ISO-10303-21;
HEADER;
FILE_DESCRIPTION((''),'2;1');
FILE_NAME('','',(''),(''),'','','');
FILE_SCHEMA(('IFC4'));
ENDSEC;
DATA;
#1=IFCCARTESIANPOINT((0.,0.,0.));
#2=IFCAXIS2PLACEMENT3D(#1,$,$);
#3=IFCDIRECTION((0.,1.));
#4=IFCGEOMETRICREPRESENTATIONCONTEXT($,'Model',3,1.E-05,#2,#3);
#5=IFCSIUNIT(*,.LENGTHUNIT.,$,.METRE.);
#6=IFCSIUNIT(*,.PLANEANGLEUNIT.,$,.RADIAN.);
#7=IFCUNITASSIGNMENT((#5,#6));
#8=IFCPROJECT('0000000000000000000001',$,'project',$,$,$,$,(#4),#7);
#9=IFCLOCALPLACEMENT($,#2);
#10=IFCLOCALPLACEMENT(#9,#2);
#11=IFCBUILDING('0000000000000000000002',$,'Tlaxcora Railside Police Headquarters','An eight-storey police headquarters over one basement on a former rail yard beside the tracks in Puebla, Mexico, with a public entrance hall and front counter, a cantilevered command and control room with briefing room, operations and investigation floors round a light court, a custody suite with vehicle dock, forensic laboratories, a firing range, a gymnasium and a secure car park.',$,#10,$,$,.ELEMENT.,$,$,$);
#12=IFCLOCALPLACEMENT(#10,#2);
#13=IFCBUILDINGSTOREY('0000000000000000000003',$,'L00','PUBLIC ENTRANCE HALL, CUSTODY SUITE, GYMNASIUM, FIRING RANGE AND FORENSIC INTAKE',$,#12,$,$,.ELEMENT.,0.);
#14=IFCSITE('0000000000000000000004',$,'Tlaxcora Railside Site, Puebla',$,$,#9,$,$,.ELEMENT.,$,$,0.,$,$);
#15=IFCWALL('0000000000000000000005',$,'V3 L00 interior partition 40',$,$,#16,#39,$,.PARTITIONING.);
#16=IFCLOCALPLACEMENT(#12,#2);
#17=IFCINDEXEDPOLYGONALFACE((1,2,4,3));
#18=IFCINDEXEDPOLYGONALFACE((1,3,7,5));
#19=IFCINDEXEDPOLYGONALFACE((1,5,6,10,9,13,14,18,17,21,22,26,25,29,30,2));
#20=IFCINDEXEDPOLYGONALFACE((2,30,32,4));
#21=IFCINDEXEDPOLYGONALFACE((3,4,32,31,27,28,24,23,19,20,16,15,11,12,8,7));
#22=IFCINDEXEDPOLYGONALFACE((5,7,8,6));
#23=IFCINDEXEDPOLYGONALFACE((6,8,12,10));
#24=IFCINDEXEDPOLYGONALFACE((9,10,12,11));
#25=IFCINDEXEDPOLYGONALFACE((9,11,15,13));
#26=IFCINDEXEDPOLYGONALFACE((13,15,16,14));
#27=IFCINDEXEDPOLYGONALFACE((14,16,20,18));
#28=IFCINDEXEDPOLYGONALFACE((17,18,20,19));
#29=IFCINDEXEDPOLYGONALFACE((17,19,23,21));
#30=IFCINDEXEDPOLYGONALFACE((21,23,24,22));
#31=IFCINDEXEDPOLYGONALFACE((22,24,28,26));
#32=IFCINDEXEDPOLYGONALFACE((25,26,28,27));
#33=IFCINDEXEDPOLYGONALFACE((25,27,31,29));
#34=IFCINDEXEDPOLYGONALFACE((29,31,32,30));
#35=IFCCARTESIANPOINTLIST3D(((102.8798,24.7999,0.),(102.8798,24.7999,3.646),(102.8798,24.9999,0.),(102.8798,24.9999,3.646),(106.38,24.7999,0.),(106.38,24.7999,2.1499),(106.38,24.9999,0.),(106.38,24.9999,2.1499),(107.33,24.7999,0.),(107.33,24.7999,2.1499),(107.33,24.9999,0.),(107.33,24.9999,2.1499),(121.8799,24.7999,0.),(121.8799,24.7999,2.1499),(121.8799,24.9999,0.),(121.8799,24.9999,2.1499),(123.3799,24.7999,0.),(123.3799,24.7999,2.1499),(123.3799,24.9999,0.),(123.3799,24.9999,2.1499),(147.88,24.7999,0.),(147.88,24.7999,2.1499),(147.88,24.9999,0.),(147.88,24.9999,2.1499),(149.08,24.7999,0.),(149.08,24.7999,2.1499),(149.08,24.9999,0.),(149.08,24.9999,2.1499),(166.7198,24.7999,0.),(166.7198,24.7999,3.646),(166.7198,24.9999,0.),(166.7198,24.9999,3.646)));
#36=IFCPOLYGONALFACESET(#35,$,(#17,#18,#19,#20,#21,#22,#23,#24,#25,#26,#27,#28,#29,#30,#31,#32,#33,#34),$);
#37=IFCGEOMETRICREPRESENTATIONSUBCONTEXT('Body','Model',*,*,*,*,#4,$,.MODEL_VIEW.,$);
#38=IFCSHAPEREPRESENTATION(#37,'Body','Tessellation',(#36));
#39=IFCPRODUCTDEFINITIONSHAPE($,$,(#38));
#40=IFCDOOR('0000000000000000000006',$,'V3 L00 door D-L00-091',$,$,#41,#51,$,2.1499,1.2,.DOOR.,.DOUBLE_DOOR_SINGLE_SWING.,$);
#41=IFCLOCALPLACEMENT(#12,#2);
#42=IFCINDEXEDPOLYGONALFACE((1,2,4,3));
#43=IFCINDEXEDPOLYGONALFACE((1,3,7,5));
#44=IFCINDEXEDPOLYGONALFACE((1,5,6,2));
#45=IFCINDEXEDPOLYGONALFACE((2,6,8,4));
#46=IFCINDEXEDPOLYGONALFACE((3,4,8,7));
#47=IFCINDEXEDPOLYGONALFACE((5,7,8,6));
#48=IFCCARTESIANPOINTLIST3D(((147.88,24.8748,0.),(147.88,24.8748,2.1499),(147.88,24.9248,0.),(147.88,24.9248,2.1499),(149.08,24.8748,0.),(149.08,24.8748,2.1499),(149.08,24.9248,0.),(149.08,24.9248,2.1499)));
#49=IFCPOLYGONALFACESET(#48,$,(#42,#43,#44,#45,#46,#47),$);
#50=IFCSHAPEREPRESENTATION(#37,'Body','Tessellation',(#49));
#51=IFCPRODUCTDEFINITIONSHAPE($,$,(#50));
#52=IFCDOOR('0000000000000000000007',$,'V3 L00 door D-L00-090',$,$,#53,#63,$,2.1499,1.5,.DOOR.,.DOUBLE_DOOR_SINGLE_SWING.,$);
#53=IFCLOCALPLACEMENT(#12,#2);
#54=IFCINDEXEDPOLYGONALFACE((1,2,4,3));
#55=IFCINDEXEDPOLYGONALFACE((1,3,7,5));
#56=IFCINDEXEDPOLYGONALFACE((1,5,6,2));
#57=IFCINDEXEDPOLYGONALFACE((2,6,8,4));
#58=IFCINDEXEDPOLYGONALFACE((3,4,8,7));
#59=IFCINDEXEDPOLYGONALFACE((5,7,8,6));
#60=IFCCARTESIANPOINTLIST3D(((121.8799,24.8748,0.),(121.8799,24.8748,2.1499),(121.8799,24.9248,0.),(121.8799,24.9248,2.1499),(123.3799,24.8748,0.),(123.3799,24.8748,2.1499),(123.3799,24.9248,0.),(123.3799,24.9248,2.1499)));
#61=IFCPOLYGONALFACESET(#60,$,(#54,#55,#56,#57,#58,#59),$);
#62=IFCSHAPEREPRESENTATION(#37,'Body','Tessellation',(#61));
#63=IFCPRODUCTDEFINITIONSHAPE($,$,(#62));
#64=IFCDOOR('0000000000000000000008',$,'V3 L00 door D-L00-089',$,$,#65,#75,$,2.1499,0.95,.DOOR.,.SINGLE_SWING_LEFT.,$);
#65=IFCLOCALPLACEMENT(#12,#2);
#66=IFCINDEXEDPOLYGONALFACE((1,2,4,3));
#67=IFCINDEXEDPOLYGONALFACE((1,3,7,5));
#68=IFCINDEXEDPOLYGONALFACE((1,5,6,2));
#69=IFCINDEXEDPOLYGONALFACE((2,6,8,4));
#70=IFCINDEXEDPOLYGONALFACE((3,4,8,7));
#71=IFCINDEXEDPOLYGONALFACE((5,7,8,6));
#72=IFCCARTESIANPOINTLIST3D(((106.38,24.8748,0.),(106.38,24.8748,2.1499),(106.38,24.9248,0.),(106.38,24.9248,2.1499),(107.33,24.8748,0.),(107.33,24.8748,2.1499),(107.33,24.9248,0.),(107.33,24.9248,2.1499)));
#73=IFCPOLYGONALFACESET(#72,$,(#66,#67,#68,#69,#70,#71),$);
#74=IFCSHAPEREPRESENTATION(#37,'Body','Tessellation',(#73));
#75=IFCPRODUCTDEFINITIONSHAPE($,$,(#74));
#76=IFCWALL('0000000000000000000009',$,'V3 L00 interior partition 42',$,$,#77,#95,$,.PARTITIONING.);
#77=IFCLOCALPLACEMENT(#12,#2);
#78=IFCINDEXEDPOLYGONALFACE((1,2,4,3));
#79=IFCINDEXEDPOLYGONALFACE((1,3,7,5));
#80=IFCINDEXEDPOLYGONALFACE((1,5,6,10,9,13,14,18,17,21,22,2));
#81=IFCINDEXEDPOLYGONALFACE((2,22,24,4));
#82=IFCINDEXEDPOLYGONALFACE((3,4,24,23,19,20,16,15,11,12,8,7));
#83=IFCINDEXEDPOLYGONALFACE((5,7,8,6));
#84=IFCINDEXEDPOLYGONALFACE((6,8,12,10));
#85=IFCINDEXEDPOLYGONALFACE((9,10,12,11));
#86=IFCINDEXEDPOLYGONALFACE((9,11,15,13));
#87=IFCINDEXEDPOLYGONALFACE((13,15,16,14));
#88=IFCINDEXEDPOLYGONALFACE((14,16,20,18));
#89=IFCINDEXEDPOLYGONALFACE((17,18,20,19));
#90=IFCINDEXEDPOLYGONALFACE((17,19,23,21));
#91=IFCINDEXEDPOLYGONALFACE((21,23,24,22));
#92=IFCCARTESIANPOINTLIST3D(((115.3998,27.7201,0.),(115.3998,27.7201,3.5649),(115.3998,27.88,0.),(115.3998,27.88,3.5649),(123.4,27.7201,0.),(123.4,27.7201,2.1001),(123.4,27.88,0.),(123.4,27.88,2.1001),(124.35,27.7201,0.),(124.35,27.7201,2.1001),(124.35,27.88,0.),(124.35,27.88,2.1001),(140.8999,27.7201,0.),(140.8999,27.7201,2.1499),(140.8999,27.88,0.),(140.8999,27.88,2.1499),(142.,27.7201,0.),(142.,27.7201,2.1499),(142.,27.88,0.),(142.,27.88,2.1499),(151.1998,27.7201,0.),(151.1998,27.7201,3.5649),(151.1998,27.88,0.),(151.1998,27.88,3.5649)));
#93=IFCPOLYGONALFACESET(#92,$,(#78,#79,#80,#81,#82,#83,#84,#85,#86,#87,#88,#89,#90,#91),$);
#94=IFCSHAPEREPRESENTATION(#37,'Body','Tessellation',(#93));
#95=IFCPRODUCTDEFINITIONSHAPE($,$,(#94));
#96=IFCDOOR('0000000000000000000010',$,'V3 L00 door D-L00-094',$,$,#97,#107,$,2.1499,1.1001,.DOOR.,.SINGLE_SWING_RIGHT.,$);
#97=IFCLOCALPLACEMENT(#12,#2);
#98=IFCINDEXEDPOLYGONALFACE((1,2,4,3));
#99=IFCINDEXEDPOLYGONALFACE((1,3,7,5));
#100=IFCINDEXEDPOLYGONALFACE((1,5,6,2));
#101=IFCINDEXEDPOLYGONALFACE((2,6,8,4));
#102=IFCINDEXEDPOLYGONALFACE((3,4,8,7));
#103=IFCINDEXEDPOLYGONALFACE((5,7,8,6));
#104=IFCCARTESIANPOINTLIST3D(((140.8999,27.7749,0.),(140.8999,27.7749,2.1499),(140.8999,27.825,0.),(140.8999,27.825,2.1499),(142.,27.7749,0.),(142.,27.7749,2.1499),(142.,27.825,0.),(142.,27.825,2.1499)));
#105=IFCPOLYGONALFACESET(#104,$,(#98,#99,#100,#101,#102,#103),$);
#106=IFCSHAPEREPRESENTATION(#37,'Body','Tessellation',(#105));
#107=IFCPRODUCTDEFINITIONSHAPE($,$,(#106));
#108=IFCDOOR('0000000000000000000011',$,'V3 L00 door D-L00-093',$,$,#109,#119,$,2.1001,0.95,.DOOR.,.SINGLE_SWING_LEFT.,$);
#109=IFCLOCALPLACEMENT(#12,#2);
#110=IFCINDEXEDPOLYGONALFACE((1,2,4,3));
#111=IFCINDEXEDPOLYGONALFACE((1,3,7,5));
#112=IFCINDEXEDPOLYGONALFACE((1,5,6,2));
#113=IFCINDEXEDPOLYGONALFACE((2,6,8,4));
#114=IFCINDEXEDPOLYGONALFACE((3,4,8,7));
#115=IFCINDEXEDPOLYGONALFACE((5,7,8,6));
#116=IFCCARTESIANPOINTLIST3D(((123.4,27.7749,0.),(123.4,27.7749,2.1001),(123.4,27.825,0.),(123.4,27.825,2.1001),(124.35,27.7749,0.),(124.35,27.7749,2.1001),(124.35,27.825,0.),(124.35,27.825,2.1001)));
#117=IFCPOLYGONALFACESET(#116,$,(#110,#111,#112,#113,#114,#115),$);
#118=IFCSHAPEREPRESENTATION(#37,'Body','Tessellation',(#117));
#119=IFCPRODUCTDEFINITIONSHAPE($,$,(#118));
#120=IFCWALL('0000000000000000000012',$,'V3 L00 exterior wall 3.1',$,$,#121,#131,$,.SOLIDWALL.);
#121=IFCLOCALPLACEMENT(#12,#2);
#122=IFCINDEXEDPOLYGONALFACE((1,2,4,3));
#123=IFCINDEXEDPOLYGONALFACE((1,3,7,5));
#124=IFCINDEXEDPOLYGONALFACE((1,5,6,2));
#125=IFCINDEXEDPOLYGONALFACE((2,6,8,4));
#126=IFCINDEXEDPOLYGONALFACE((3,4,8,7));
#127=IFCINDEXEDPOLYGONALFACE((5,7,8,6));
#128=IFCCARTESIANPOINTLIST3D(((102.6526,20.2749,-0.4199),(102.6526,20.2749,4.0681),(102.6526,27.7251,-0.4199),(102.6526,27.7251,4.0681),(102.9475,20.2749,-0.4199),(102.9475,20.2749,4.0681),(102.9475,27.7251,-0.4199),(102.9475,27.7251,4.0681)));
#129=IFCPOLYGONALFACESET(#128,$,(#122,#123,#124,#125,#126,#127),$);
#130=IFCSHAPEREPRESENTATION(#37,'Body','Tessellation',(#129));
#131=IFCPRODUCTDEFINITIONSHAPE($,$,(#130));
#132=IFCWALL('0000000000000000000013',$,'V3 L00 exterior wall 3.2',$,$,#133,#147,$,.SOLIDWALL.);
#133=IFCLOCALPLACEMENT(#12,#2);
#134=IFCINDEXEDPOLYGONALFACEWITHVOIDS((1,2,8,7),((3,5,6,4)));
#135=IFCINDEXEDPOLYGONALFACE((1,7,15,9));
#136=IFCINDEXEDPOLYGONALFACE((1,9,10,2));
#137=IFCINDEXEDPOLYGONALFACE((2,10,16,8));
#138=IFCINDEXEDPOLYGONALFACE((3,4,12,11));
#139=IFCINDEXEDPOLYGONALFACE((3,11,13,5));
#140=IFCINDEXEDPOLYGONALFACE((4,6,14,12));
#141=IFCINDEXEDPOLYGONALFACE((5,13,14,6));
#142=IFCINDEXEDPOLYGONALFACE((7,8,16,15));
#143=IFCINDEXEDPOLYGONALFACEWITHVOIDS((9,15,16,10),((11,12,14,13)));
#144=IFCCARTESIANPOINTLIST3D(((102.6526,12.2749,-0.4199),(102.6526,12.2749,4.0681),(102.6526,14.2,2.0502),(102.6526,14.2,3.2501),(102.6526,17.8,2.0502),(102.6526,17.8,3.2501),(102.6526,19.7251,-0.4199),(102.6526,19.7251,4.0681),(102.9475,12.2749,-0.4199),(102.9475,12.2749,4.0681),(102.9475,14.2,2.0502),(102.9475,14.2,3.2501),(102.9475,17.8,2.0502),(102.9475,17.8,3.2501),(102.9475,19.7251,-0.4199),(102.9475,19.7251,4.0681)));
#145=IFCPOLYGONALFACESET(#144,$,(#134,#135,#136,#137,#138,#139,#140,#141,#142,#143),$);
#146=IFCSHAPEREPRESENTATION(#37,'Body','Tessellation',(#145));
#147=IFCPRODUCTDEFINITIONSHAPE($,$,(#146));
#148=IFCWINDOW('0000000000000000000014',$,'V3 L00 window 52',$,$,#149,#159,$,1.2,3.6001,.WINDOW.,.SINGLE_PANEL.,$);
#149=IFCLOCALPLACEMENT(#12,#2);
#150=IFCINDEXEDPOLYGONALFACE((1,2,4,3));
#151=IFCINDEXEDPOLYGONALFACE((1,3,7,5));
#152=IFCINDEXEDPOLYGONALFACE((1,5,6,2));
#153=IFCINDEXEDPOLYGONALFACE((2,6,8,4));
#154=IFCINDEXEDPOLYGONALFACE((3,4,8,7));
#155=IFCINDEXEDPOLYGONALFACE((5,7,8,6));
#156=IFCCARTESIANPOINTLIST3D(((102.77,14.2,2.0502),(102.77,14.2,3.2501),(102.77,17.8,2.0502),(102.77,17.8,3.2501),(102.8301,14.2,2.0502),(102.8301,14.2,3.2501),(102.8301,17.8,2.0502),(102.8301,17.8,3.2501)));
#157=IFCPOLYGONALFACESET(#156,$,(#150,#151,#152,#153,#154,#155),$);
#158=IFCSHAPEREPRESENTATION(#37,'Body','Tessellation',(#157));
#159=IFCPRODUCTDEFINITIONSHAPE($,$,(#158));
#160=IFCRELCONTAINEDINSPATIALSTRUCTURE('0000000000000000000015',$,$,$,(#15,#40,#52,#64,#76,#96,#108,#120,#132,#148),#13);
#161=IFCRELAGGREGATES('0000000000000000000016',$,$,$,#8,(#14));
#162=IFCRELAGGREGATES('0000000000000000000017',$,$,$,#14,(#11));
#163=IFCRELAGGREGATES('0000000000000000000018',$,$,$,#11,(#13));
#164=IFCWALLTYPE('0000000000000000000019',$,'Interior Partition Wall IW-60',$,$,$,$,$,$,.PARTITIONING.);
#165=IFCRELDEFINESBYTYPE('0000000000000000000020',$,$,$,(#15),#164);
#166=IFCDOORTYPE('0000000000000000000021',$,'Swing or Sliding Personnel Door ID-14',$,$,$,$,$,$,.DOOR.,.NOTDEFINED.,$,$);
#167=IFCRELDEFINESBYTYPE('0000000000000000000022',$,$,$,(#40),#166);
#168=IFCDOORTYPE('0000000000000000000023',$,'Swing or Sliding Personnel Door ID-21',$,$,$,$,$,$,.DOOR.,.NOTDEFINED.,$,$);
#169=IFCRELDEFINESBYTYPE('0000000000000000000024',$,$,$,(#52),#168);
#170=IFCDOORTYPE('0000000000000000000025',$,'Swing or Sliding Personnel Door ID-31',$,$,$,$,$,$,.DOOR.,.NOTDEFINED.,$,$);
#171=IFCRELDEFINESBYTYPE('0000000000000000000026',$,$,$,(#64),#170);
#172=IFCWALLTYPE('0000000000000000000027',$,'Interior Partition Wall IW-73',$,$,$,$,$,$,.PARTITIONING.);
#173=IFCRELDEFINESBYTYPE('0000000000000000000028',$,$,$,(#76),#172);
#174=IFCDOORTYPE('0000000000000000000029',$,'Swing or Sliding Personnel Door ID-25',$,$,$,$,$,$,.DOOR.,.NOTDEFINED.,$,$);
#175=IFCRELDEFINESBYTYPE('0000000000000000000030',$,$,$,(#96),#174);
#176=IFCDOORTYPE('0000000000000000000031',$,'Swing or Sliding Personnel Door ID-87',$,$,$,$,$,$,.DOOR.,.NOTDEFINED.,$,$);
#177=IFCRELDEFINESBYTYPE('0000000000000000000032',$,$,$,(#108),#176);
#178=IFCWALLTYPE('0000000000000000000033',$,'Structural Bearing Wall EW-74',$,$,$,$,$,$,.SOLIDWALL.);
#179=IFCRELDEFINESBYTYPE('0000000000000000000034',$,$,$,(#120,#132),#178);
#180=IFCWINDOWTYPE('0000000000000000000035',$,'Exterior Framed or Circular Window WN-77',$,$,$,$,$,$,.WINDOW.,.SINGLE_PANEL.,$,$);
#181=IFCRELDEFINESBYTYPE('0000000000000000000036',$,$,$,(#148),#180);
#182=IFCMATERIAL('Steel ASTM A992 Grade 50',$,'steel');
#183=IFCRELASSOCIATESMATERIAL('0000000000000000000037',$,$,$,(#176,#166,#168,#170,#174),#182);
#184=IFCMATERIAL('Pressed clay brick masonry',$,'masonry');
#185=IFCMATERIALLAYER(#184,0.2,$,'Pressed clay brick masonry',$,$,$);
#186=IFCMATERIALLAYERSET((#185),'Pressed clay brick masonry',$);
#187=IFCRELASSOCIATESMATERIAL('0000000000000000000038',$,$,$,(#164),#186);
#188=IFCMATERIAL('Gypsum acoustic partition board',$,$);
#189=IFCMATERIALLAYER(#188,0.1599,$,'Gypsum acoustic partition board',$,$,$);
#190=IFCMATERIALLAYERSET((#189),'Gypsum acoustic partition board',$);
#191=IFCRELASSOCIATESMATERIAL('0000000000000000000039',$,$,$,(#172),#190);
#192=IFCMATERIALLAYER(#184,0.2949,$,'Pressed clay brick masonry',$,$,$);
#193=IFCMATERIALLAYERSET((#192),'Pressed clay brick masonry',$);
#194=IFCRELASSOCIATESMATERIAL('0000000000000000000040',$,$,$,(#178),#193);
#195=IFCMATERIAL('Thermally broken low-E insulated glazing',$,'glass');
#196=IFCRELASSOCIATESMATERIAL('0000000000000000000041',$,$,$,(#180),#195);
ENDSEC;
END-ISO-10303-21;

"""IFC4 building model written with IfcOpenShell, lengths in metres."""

from ifc_helpers import new_model, si_unit, direction, frame, frame_2d, origin, place, context, subcontext, project, spatial, rectangle, extrude, material, layer, layer_set, type_object, element, fill, save


model = new_model("IFC4")

# Units and contexts
model_context = context("Model", 3, precision=1e-05, world=origin(), true_north=direction((0.0, 1.0)))
body_context = subcontext(model_context, "Body", "Model", "MODEL_VIEW")
ifc_project = project(units=[si_unit("LENGTHUNIT", "METRE"), si_unit("PLANEANGLEUNIT", "RADIAN")], contexts=[model_context])

# Site, building, storey
site_placement = place(None, origin())
site = spatial("IfcSite", under=ifc_project, at=site_placement, Name="Tlaxcora Railside Site, Puebla", CompositionType="ELEMENT", RefElevation=0.0)
building_placement = place(site_placement, origin())
building = spatial("IfcBuilding", under=site, at=building_placement, Name="Tlaxcora Railside Police Headquarters", Description="An eight-storey police headquarters over one basement on a former rail yard beside the tracks in Puebla, Mexico, with a public entrance hall and front counter, a cantilevered command and control room with briefing room, operations and investigation floors round a light court, a custody suite with vehicle dock, forensic laboratories, a firing range, a gymnasium and a secure car park.", CompositionType="ELEMENT")
storey_placement = place(building_placement, origin())
storey = spatial("IfcBuildingStorey", under=building, at=storey_placement, Name="L00", Description="PUBLIC ENTRANCE HALL, CUSTODY SUITE, GYMNASIUM, FIRING RANGE AND FORENSIC INTAKE", CompositionType="ELEMENT", Elevation=0.0)

# Shared definitions
ifc_material_1 = material(Name="Steel ASTM A992 Grade 50", Category="steel")

# Shared definitions
ifc_material_2 = material(Name="Gypsum acoustic partition board")
door_type_1 = type_object("IfcDoorType", Name="Swing or Sliding Personnel Door ID-87", OperationType="NOTDEFINED", PredefinedType="DOOR", material=ifc_material_1)

# Walls, openings, doors
ifc_material_3 = material(Name="Pressed clay brick masonry", Category="masonry")
ifc_layer_1 = layer(ifc_material_3, 0.2, Name="Pressed clay brick masonry")
ifc_layer_set_1 = layer_set([ifc_layer_1], Name="Pressed clay brick masonry")
wall_type_1 = type_object("IfcWallType", Name="Interior Partition Wall IW-60", PredefinedType="PARTITIONING", material=ifc_layer_set_1)
wall_1_placement = place(storey_placement, frame((102.8799, 24.8999, 0.0), z_axis=(0.0, 0.0, 1.0), x_axis=(1.0, 0.0, 0.0)))
wall_1 = element("IfcWall", 1, at=wall_1_placement, inside=storey, type_object=wall_type_1, Name="V3 L00 interior partition 40", PredefinedType="PARTITIONING", context=body_context, shape_type="SweptSolid", body=[
    extrude(rectangle(XDim=63.8401, YDim=0.2, at=frame_2d((31.9199, 0.0))), origin(), (0.0, 0.0, 1.0), 3.646),
])
opening_1_placement = place(wall_1_placement, frame((3.5, 0.0, 0.0)))
opening_1 = element("IfcOpeningElement", 2, at=opening_1_placement, cuts=wall_1, PredefinedType="OPENING", context=body_context, shape_type="SweptSolid", body=[
    extrude(rectangle(XDim=0.95, YDim=2.1499, at=frame_2d((0.4751, 1.075))), frame((0.0, 0.1099, 0.0), z_axis=(0.0, -1.0, 0.0), x_axis=(1.0, 0.0, 0.0)), (0.0, 0.0, 1.0), 0.22),
])
opening_2_placement = place(wall_1_placement, frame((19.0, 0.0, 0.0)))
opening_2 = element("IfcOpeningElement", 3, at=opening_2_placement, cuts=wall_1, PredefinedType="OPENING", context=body_context, shape_type="SweptSolid", body=[
    extrude(rectangle(XDim=1.5, YDim=2.1499, at=frame_2d((0.75, 1.075))), frame((0.0, 0.1099, 0.0), z_axis=(0.0, -1.0, 0.0), x_axis=(1.0, 0.0, 0.0)), (0.0, 0.0, 1.0), 0.22),
])
opening_3_placement = place(wall_1_placement, frame((45.0, 0.0, 0.0)))
opening_3 = element("IfcOpeningElement", 4, at=opening_3_placement, cuts=wall_1, PredefinedType="OPENING", context=body_context, shape_type="SweptSolid", body=[
    extrude(rectangle(XDim=1.2, YDim=2.1499, at=frame_2d((0.6001, 1.075))), frame((0.0, 0.1099, 0.0), z_axis=(0.0, -1.0, 0.0), x_axis=(1.0, 0.0, 0.0)), (0.0, 0.0, 1.0), 0.22),
])
door_type_2 = type_object("IfcDoorType", Name="Swing or Sliding Personnel Door ID-14", OperationType="NOTDEFINED", PredefinedType="DOOR", material=ifc_material_1)
door_1_placement = place(opening_3_placement, origin())
door_1 = element("IfcDoor", 5, at=door_1_placement, inside=storey, type_object=door_type_2, Name="V3 L00 door D-L00-091", OperationType="DOUBLE_DOOR_SINGLE_SWING", OverallHeight=2.1499, OverallWidth=1.2, PredefinedType="DOOR", context=body_context, shape_type="SweptSolid", body=[
    extrude(rectangle(XDim=1.2, YDim=2.1499, at=frame_2d((0.6001, 1.075))), frame((0.0, 0.0249, 0.0), z_axis=(0.0, -1.0, 0.0), x_axis=(1.0, 0.0, 0.0)), (0.0, 0.0, 1.0), 0.05),
])
fill(opening_3, door_1)
door_type_3 = type_object("IfcDoorType", Name="Swing or Sliding Personnel Door ID-21", OperationType="NOTDEFINED", PredefinedType="DOOR", material=ifc_material_1)
door_2_placement = place(opening_2_placement, origin())
door_2 = element("IfcDoor", 6, at=door_2_placement, inside=storey, type_object=door_type_3, Name="V3 L00 door D-L00-090", OperationType="DOUBLE_DOOR_SINGLE_SWING", OverallHeight=2.1499, OverallWidth=1.5, PredefinedType="DOOR", context=body_context, shape_type="SweptSolid", body=[
    extrude(rectangle(XDim=1.5, YDim=2.1499, at=frame_2d((0.75, 1.075))), frame((0.0, 0.0249, 0.0), z_axis=(0.0, -1.0, 0.0), x_axis=(1.0, 0.0, 0.0)), (0.0, 0.0, 1.0), 0.05),
])
fill(opening_2, door_2)
door_type_4 = type_object("IfcDoorType", Name="Swing or Sliding Personnel Door ID-31", OperationType="NOTDEFINED", PredefinedType="DOOR", material=ifc_material_1)
door_3_placement = place(opening_1_placement, origin())
door_3 = element("IfcDoor", 7, at=door_3_placement, inside=storey, type_object=door_type_4, Name="V3 L00 door D-L00-089", OperationType="SINGLE_SWING_LEFT", OverallHeight=2.1499, OverallWidth=0.95, PredefinedType="DOOR", context=body_context, shape_type="SweptSolid", body=[
    extrude(rectangle(XDim=0.95, YDim=2.1499, at=frame_2d((0.4751, 1.075))), frame((0.0, 0.0249, 0.0), z_axis=(0.0, -1.0, 0.0), x_axis=(1.0, 0.0, 0.0)), (0.0, 0.0, 1.0), 0.05),
])
fill(opening_1, door_3)
ifc_layer_2 = layer(ifc_material_2, 0.1599, Name="Gypsum acoustic partition board")
ifc_layer_set_2 = layer_set([ifc_layer_2], Name="Gypsum acoustic partition board")
wall_type_2 = type_object("IfcWallType", Name="Interior Partition Wall IW-73", PredefinedType="PARTITIONING", material=ifc_layer_set_2)
wall_2_placement = place(storey_placement, frame((115.3999, 27.8, 0.0), z_axis=(0.0, 0.0, 1.0), x_axis=(1.0, 0.0, 0.0)))
wall_2 = element("IfcWall", 8, at=wall_2_placement, inside=storey, type_object=wall_type_2, Name="V3 L00 interior partition 42", PredefinedType="PARTITIONING", context=body_context, shape_type="SweptSolid", body=[
    extrude(rectangle(XDim=35.8, YDim=0.1599, at=frame_2d((17.8999, 0.0))), origin(), (0.0, 0.0, 1.0), 3.5649),
])
opening_4_placement = place(wall_2_placement, frame((8.0, 0.0, 0.0)))
opening_4 = element("IfcOpeningElement", 9, at=opening_4_placement, cuts=wall_2, PredefinedType="OPENING", context=body_context, shape_type="SweptSolid", body=[
    extrude(rectangle(XDim=0.95, YDim=2.1001, at=frame_2d((0.4751, 1.05))), frame((0.0, 0.0898, 0.0), z_axis=(0.0, -1.0, 0.0), x_axis=(1.0, 0.0, 0.0)), (0.0, 0.0, 1.0), 0.1799),
])
opening_5_placement = place(wall_2_placement, frame((25.5, 0.0, 0.0)))
opening_5 = element("IfcOpeningElement", 10, at=opening_5_placement, cuts=wall_2, PredefinedType="OPENING", context=body_context, shape_type="SweptSolid", body=[
    extrude(rectangle(XDim=1.1001, YDim=2.1499, at=frame_2d((0.55, 1.075))), frame((0.0, 0.0898, 0.0), z_axis=(0.0, -1.0, 0.0), x_axis=(1.0, 0.0, 0.0)), (0.0, 0.0, 1.0), 0.1799),
])
door_type_5 = type_object("IfcDoorType", Name="Swing or Sliding Personnel Door ID-25", OperationType="NOTDEFINED", PredefinedType="DOOR", material=ifc_material_1)
door_4_placement = place(opening_5_placement, origin())
door_4 = element("IfcDoor", 11, at=door_4_placement, inside=storey, type_object=door_type_5, Name="V3 L00 door D-L00-094", OperationType="SINGLE_SWING_RIGHT", OverallHeight=2.1499, OverallWidth=1.1001, PredefinedType="DOOR", context=body_context, shape_type="SweptSolid", body=[
    extrude(rectangle(XDim=1.1001, YDim=2.1499, at=frame_2d((0.55, 1.075))), frame((0.0, 0.0249, 0.0), z_axis=(0.0, -1.0, 0.0), x_axis=(1.0, 0.0, 0.0)), (0.0, 0.0, 1.0), 0.05),
])
fill(opening_5, door_4)
door_5_placement = place(opening_4_placement, origin())
door_5 = element("IfcDoor", 12, at=door_5_placement, inside=storey, type_object=door_type_1, Name="V3 L00 door D-L00-093", OperationType="SINGLE_SWING_LEFT", OverallHeight=2.1001, OverallWidth=0.95, PredefinedType="DOOR", context=body_context, shape_type="SweptSolid", body=[
    extrude(rectangle(XDim=0.95, YDim=2.1001, at=frame_2d((0.4751, 1.05))), frame((0.0, 0.0249, 0.0), z_axis=(0.0, -1.0, 0.0), x_axis=(1.0, 0.0, 0.0)), (0.0, 0.0, 1.0), 0.05),
])
fill(opening_4, door_5)

# Wall
ifc_layer_3 = layer(ifc_material_3, 0.2949, Name="Pressed clay brick masonry")
ifc_layer_set_3 = layer_set([ifc_layer_3], Name="Pressed clay brick masonry")
wall_type_3 = type_object("IfcWallType", Name="Structural Bearing Wall EW-74", PredefinedType="SOLIDWALL", material=ifc_layer_set_3)
wall_3_placement = place(storey_placement, frame((102.8, 27.7251, -0.4199), z_axis=(0.0, 0.0, 1.0), x_axis=(0.0, -1.0, 0.0)))
element("IfcWall", 13, at=wall_3_placement, inside=storey, type_object=wall_type_3, Name="V3 L00 exterior wall 3.1", PredefinedType="SOLIDWALL", context=body_context, shape_type="SweptSolid", body=[
    extrude(rectangle(XDim=7.4502, YDim=0.2949, at=frame_2d((3.7251, 0.0))), origin(), (0.0, 0.0, 1.0), 4.488),
])

# Wall, opening, window
wall_4_placement = place(storey_placement, frame((102.8, 19.7251, -0.4199), z_axis=(0.0, 0.0, 1.0), x_axis=(0.0, -1.0, 0.0)))
wall_4 = element("IfcWall", 14, at=wall_4_placement, inside=storey, type_object=wall_type_3, Name="V3 L00 exterior wall 3.2", PredefinedType="SOLIDWALL", context=body_context, shape_type="SweptSolid", body=[
    extrude(rectangle(XDim=7.4502, YDim=0.2949, at=frame_2d((3.7251, 0.0))), origin(), (0.0, 0.0, 1.0), 4.488),
])
opening_6_placement = place(wall_4_placement, frame((1.925, 0.0, 2.47)))
opening_6 = element("IfcOpeningElement", 15, at=opening_6_placement, cuts=wall_4, PredefinedType="OPENING", context=body_context, shape_type="SweptSolid", body=[
    extrude(rectangle(XDim=3.6001, YDim=1.2, at=frame_2d((1.8, 0.6001))), frame((0.0, 0.1575, 0.0), z_axis=(0.0, -1.0, 0.0), x_axis=(1.0, 0.0, 0.0)), (0.0, 0.0, 1.0), 0.3149),
])
ifc_material_4 = material(Name="Thermally broken low-E insulated glazing", Category="glass")
window_type = type_object("IfcWindowType", Name="Exterior Framed or Circular Window WN-77", PartitioningType="SINGLE_PANEL", PredefinedType="WINDOW", material=ifc_material_4)
window_placement = place(opening_6_placement, origin())
window = element("IfcWindow", 16, at=window_placement, inside=storey, type_object=window_type, Name="V3 L00 window 52", OverallHeight=1.2, OverallWidth=3.6001, PartitioningType="SINGLE_PANEL", PredefinedType="WINDOW", context=body_context, shape_type="SweptSolid", body=[
    extrude(rectangle(XDim=3.6001, YDim=1.2, at=frame_2d((1.8, 0.6001))), frame((0.0, 0.03, 0.0), z_axis=(0.0, -1.0, 0.0), x_axis=(1.0, 0.0, 0.0)), (0.0, 0.0, 1.0), 0.0601),
])
fill(opening_6, window)

save(model, "model.ifc")
